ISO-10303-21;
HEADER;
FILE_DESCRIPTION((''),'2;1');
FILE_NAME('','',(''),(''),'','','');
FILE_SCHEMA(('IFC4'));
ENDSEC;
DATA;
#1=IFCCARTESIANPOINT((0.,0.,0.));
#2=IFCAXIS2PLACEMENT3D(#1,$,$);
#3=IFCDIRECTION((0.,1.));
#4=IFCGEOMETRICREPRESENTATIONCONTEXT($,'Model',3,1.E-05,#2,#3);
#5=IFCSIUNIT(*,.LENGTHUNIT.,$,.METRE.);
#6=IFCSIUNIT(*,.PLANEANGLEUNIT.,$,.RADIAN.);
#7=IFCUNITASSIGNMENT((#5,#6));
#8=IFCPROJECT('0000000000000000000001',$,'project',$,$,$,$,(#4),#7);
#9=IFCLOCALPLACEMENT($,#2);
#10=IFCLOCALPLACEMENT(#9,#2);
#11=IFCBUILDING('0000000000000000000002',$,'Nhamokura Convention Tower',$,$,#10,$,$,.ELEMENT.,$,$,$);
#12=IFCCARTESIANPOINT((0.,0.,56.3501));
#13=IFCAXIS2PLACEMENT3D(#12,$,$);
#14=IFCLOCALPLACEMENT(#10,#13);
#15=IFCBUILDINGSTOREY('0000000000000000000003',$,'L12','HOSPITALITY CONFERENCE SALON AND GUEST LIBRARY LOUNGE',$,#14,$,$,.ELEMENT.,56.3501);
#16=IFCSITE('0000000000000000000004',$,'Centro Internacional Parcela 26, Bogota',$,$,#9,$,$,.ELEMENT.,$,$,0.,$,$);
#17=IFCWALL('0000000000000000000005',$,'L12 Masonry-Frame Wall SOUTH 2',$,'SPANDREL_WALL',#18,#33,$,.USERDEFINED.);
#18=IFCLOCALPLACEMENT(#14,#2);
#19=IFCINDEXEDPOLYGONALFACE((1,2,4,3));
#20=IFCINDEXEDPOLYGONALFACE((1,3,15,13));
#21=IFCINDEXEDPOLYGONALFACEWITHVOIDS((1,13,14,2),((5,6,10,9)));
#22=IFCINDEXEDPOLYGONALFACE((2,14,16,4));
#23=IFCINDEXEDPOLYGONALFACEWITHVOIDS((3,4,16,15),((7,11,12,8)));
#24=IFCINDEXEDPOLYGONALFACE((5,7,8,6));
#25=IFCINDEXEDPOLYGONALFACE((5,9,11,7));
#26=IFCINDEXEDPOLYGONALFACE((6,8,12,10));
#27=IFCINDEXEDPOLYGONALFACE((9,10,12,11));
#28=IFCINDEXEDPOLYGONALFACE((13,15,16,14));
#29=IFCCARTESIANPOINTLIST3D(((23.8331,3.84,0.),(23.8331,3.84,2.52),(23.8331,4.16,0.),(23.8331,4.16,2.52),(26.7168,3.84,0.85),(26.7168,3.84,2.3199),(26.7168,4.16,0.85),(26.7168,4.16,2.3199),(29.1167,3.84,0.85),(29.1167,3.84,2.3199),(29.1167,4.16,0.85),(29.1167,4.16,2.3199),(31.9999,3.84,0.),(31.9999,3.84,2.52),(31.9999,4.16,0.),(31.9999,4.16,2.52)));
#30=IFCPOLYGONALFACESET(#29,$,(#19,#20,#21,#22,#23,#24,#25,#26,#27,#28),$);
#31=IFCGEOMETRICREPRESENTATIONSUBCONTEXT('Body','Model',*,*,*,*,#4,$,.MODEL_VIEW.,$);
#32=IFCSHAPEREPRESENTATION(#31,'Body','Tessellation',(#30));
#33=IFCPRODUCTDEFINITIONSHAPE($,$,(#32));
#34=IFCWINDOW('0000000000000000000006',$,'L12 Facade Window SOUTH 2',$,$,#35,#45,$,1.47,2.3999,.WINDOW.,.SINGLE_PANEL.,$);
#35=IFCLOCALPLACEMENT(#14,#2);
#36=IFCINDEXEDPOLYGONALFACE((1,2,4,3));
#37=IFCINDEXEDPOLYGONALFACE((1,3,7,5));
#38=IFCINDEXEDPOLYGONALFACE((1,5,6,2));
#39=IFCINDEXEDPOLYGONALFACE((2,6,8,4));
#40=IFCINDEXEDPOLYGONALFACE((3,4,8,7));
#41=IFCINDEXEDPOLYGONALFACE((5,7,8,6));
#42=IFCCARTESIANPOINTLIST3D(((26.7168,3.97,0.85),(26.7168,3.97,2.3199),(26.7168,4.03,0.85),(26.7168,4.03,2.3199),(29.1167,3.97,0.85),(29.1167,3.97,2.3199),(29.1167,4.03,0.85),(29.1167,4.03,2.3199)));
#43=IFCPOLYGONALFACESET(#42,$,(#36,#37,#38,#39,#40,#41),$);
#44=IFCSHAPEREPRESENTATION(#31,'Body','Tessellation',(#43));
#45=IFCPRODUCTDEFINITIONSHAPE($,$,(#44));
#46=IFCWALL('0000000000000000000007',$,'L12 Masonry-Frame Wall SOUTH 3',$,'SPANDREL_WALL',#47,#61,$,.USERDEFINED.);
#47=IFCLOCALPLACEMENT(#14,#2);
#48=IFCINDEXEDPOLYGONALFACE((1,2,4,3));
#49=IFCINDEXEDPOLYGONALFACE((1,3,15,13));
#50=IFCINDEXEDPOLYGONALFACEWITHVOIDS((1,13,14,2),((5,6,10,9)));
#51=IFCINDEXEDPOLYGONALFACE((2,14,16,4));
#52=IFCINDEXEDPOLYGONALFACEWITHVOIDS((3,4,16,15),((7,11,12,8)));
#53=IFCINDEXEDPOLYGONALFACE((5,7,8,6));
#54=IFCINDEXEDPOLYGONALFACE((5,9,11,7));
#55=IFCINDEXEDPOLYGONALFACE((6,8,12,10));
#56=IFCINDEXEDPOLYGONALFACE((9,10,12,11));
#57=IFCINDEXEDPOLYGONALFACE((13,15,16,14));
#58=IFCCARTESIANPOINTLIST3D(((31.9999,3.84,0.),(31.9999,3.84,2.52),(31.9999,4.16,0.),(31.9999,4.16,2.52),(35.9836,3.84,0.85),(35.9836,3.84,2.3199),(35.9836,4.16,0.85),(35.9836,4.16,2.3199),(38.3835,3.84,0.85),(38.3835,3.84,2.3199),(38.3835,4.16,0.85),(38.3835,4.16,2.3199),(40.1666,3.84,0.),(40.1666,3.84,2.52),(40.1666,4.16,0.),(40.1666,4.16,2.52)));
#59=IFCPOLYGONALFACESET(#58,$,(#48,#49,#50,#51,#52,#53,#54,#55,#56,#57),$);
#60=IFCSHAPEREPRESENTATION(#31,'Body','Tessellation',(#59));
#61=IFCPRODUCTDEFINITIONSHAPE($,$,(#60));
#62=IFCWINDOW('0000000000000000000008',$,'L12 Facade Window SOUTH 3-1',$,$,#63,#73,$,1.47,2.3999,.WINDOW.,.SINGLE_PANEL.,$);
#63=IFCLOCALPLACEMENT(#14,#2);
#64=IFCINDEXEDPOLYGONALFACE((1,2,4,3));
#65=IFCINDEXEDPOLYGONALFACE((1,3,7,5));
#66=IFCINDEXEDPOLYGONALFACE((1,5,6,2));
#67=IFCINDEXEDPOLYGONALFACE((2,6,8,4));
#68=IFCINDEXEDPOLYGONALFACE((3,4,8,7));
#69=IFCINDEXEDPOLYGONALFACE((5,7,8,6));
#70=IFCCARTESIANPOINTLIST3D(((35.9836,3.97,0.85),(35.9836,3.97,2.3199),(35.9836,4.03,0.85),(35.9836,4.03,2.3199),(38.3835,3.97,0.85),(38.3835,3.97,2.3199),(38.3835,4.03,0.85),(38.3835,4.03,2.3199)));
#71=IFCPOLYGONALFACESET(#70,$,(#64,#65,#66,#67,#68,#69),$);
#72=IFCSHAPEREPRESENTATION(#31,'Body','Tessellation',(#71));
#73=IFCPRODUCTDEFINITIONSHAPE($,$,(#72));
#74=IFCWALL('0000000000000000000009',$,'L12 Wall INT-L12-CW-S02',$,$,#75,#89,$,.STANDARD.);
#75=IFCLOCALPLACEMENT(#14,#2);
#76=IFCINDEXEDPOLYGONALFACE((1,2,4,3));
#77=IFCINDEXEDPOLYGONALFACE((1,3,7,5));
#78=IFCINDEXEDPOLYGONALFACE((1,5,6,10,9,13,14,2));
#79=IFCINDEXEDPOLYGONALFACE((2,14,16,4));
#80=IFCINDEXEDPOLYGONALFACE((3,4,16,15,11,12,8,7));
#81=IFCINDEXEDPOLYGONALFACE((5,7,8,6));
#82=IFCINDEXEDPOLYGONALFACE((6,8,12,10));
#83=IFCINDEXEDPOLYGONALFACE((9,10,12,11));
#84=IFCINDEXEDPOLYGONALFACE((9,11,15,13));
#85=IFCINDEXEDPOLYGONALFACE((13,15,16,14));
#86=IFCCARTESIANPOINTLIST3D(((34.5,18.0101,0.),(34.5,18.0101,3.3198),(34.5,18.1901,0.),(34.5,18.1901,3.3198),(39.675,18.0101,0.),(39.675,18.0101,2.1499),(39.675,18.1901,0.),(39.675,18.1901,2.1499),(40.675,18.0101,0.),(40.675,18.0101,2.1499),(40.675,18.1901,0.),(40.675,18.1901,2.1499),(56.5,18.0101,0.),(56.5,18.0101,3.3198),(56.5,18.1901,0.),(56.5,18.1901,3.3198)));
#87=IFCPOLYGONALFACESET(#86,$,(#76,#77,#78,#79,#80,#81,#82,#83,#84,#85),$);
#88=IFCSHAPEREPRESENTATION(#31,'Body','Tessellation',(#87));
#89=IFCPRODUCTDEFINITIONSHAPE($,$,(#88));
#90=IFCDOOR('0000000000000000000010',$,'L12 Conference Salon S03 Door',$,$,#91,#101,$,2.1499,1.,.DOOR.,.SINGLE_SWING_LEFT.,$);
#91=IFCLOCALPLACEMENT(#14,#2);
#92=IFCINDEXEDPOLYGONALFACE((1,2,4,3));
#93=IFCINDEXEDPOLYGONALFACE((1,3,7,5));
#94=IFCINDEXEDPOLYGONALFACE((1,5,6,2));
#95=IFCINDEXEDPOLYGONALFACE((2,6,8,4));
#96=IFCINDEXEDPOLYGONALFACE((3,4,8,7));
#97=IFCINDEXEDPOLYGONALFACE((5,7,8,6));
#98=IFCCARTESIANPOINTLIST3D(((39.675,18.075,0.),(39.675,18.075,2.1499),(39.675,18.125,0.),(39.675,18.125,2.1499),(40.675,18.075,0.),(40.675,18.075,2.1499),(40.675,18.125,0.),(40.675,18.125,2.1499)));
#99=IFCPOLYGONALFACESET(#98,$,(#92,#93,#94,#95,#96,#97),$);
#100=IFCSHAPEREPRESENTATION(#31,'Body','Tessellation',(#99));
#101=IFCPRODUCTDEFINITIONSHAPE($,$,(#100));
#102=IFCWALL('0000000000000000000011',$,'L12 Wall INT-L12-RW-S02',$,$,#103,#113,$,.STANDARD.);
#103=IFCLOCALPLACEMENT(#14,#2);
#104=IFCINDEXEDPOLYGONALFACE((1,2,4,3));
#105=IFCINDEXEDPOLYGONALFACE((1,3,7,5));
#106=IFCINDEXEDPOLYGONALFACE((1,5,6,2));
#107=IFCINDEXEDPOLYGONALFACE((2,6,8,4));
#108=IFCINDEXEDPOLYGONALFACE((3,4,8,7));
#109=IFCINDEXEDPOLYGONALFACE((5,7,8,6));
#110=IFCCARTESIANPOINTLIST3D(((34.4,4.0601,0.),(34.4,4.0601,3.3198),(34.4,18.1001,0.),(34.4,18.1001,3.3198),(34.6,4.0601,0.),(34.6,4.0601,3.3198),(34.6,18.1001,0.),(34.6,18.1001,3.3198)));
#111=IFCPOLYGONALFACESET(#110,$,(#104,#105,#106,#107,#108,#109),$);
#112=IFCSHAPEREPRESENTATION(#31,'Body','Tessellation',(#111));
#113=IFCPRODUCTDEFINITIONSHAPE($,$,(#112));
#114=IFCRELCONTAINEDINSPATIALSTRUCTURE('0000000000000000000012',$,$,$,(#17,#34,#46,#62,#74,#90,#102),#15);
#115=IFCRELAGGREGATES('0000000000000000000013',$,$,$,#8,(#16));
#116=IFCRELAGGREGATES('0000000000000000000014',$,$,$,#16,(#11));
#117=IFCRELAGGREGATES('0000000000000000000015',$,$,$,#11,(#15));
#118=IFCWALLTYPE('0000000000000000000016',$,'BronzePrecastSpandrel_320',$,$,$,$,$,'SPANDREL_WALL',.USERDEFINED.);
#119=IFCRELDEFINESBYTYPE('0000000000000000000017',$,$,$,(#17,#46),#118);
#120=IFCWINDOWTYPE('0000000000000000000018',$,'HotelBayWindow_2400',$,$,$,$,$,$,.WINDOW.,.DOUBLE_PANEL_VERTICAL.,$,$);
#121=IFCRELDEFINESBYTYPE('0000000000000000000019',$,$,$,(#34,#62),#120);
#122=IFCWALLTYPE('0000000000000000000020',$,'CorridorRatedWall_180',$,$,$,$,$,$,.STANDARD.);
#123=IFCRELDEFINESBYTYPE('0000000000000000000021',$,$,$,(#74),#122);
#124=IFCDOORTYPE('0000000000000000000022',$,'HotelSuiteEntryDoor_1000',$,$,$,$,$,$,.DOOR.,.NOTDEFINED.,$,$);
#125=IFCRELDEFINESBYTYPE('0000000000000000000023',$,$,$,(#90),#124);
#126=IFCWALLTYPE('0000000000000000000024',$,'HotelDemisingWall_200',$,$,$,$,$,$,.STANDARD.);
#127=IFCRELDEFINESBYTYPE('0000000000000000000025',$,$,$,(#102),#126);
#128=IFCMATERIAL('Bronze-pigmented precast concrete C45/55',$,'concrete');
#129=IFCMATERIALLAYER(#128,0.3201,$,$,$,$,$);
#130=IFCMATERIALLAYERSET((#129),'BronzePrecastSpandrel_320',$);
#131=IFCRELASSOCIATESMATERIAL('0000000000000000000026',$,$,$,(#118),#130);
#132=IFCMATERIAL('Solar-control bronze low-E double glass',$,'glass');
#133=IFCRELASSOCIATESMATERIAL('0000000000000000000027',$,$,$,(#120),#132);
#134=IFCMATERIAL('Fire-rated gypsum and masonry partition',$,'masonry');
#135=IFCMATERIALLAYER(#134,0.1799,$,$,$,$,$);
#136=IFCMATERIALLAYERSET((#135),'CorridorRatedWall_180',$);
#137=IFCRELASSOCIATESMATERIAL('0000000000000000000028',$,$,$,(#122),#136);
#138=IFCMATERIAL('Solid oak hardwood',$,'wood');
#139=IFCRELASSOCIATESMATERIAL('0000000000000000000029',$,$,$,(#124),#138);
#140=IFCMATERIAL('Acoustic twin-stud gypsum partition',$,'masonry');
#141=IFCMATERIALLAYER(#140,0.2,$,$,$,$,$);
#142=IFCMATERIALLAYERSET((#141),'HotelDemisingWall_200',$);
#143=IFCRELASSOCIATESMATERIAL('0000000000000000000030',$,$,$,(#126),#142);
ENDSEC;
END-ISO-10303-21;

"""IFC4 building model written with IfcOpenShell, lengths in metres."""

from ifc_helpers import new_model, si_unit, direction, frame, frame_2d, origin, place, context, subcontext, project, spatial, rectangle, extrude, material, layer, layer_set, type_object, element, fill, save


model = new_model("IFC4")

# Units and contexts
model_context = context("Model", 3, precision=1e-05, world=origin(), true_north=direction((0.0, 1.0)))
body_context = subcontext(model_context, "Body", "Model", "MODEL_VIEW")
ifc_project = project(units=[si_unit("LENGTHUNIT", "METRE"), si_unit("PLANEANGLEUNIT", "RADIAN")], contexts=[model_context])

# Site, building, storey
site_placement = place(None, origin())
site = spatial("IfcSite", under=ifc_project, at=site_placement, Name="Centro Internacional Parcela 26, Bogota", CompositionType="ELEMENT", RefElevation=0.0)
building_placement = place(site_placement, origin())
building = spatial("IfcBuilding", under=site, at=building_placement, Name="Nhamokura Convention Tower", CompositionType="ELEMENT")
storey_placement = place(building_placement, frame((0.0, 0.0, 56.3501)))
storey = spatial("IfcBuildingStorey", under=building, at=storey_placement, Name="L12", Description="HOSPITALITY CONFERENCE SALON AND GUEST LIBRARY LOUNGE", CompositionType="ELEMENT", Elevation=56.3501)

# Walls, openings, windows
ifc_material_1 = material(Name="Bronze-pigmented precast concrete C45/55", Category="concrete")
ifc_layer_1 = layer(ifc_material_1, 0.3201)
ifc_layer_set_1 = layer_set([ifc_layer_1], Name="BronzePrecastSpandrel_320")
wall_type_1 = type_object("IfcWallType", Name="BronzePrecastSpandrel_320", ElementType="SPANDREL_WALL", PredefinedType="USERDEFINED", material=ifc_layer_set_1)
wall_1_placement = place(storey_placement, frame((32.0, 4.0, 0.0), z_axis=(0.0, 0.0, 1.0), x_axis=(-1.0, 0.0, 0.0)))
wall_1 = element("IfcWall", 1, at=wall_1_placement, inside=storey, type_object=wall_type_1, Name="L12 Masonry-Frame Wall SOUTH 2", ObjectType="SPANDREL_WALL", PredefinedType="USERDEFINED", context=body_context, shape_type="SweptSolid", body=[
    extrude(rectangle(XDim=8.1667, YDim=0.3201, at=frame_2d((4.0835, 0.0))), origin(), (0.0, 0.0, 1.0), 2.52),
])
opening_1_placement = place(wall_1_placement, frame((2.8833, 0.0, 0.8501)))
opening_1 = element("IfcOpeningElement", 2, at=opening_1_placement, cuts=wall_1, PredefinedType="OPENING", context=body_context, shape_type="SweptSolid", body=[
    extrude(rectangle(XDim=2.3999, YDim=1.47, at=frame_2d((1.2, 0.7349))), frame((0.0, 0.1699, 0.0), z_axis=(0.0, -1.0, 0.0), x_axis=(1.0, 0.0, 0.0)), (0.0, 0.0, 1.0), 0.3401),
])
ifc_material_2 = material(Name="Solar-control bronze low-E double glass", Category="glass")
window_type = type_object("IfcWindowType", Name="HotelBayWindow_2400", PartitioningType="DOUBLE_PANEL_VERTICAL", PredefinedType="WINDOW", material=ifc_material_2)
window_1_placement = place(opening_1_placement, origin())
window_1 = element("IfcWindow", 3, at=window_1_placement, inside=storey, type_object=window_type, Name="L12 Facade Window SOUTH 2", OverallHeight=1.47, OverallWidth=2.3999, PartitioningType="SINGLE_PANEL", PredefinedType="WINDOW", context=body_context, shape_type="SweptSolid", body=[
    extrude(rectangle(XDim=2.3999, YDim=1.47, at=frame_2d((1.2, 0.7349))), frame((0.0, 0.03, 0.0), z_axis=(0.0, -1.0, 0.0), x_axis=(1.0, 0.0, 0.0)), (0.0, 0.0, 1.0), 0.0601),
])
fill(opening_1, window_1)
wall_2_placement = place(storey_placement, frame((40.1667, 4.0, 0.0), z_axis=(0.0, 0.0, 1.0), x_axis=(-1.0, 0.0, 0.0)))
wall_2 = element("IfcWall", 4, at=wall_2_placement, inside=storey, type_object=wall_type_1, Name="L12 Masonry-Frame Wall SOUTH 3", ObjectType="SPANDREL_WALL", PredefinedType="USERDEFINED", context=body_context, shape_type="SweptSolid", body=[
    extrude(rectangle(XDim=8.1667, YDim=0.3201, at=frame_2d((4.0835, 0.0))), origin(), (0.0, 0.0, 1.0), 2.52),
])
opening_2_placement = place(wall_2_placement, frame((1.7832, 0.0, 0.8501)))
opening_2 = element("IfcOpeningElement", 5, at=opening_2_placement, cuts=wall_2, PredefinedType="OPENING", context=body_context, shape_type="SweptSolid", body=[
    extrude(rectangle(XDim=2.3999, YDim=1.47, at=frame_2d((1.2, 0.7349))), frame((0.0, 0.1699, 0.0), z_axis=(0.0, -1.0, 0.0), x_axis=(1.0, 0.0, 0.0)), (0.0, 0.0, 1.0), 0.3401),
])
window_2_placement = place(opening_2_placement, origin())
window_2 = element("IfcWindow", 6, at=window_2_placement, inside=storey, type_object=window_type, Name="L12 Facade Window SOUTH 3-1", OverallHeight=1.47, OverallWidth=2.3999, PartitioningType="SINGLE_PANEL", PredefinedType="WINDOW", context=body_context, shape_type="SweptSolid", body=[
    extrude(rectangle(XDim=2.3999, YDim=1.47, at=frame_2d((1.2, 0.7349))), frame((0.0, 0.03, 0.0), z_axis=(0.0, -1.0, 0.0), x_axis=(1.0, 0.0, 0.0)), (0.0, 0.0, 1.0), 0.0601),
])
fill(opening_2, window_2)

# Wall, opening, door
ifc_material_3 = material(Name="Fire-rated gypsum and masonry partition", Category="masonry")
ifc_layer_2 = layer(ifc_material_3, 0.1799)
ifc_layer_set_2 = layer_set([ifc_layer_2], Name="CorridorRatedWall_180")
wall_type_2 = type_object("IfcWallType", Name="CorridorRatedWall_180", PredefinedType="STANDARD", material=ifc_layer_set_2)
wall_3_placement = place(storey_placement, frame((34.5, 18.1001, 0.0), z_axis=(0.0, 0.0, 1.0), x_axis=(1.0, 0.0, 0.0)))
wall_3 = element("IfcWall", 7, at=wall_3_placement, inside=storey, type_object=wall_type_2, Name="L12 Wall INT-L12-CW-S02", PredefinedType="STANDARD", context=body_context, shape_type="SweptSolid", body=[
    extrude(rectangle(XDim=22.0, YDim=0.1799, at=frame_2d((11.0, 0.0))), origin(), (0.0, 0.0, 1.0), 3.3198),
])
opening_3_placement = place(wall_3_placement, frame((5.175, 0.0, 0.0)))
opening_3 = element("IfcOpeningElement", 8, at=opening_3_placement, cuts=wall_3, PredefinedType="OPENING", context=body_context, shape_type="SweptSolid", body=[
    extrude(rectangle(XDim=1.0, YDim=2.1499, at=frame_2d((0.5, 1.075))), frame((0.0, 0.0999, 0.0), z_axis=(0.0, -1.0, 0.0), x_axis=(1.0, 0.0, 0.0)), (0.0, 0.0, 1.0), 0.2),
])
ifc_material_4 = material(Name="Solid oak hardwood", Category="wood")
door_type_1 = type_object("IfcDoorType", Name="HotelSuiteEntryDoor_1000", OperationType="NOTDEFINED", PredefinedType="DOOR", material=ifc_material_4)
door_1_placement = place(opening_3_placement, origin())
door_1 = element("IfcDoor", 9, at=door_1_placement, inside=storey, type_object=door_type_1, Name="L12 Conference Salon S03 Door", OperationType="SINGLE_SWING_LEFT", OverallHeight=2.1499, OverallWidth=1.0, PredefinedType="DOOR", context=body_context, shape_type="SweptSolid", body=[
    extrude(rectangle(XDim=1.0, YDim=2.1499, at=frame_2d((0.5, 1.075))), frame((0.0, 0.0249, 0.0), z_axis=(0.0, -1.0, 0.0), x_axis=(1.0, 0.0, 0.0)), (0.0, 0.0, 1.0), 0.05),
])
fill(opening_3, door_1)

# Wall
ifc_material_5 = material(Name="Acoustic twin-stud gypsum partition", Category="masonry")
ifc_layer_3 = layer(ifc_material_5, 0.2)
ifc_layer_set_3 = layer_set([ifc_layer_3], Name="HotelDemisingWall_200")
wall_type_3 = type_object("IfcWallType", Name="HotelDemisingWall_200", PredefinedType="STANDARD", material=ifc_layer_set_3)
wall_4_placement = place(storey_placement, frame((34.5, 4.0601, 0.0), z_axis=(0.0, 0.0, 1.0), x_axis=(0.0, 1.0, 0.0)))
element("IfcWall", 10, at=wall_4_placement, inside=storey, type_object=wall_type_3, Name="L12 Wall INT-L12-RW-S02", PredefinedType="STANDARD", context=body_context, shape_type="SweptSolid", body=[
    extrude(rectangle(XDim=14.04, YDim=0.2, at=frame_2d((7.02, 0.0))), origin(), (0.0, 0.0, 1.0), 3.3198),
])

save(model, "model.ifc")
